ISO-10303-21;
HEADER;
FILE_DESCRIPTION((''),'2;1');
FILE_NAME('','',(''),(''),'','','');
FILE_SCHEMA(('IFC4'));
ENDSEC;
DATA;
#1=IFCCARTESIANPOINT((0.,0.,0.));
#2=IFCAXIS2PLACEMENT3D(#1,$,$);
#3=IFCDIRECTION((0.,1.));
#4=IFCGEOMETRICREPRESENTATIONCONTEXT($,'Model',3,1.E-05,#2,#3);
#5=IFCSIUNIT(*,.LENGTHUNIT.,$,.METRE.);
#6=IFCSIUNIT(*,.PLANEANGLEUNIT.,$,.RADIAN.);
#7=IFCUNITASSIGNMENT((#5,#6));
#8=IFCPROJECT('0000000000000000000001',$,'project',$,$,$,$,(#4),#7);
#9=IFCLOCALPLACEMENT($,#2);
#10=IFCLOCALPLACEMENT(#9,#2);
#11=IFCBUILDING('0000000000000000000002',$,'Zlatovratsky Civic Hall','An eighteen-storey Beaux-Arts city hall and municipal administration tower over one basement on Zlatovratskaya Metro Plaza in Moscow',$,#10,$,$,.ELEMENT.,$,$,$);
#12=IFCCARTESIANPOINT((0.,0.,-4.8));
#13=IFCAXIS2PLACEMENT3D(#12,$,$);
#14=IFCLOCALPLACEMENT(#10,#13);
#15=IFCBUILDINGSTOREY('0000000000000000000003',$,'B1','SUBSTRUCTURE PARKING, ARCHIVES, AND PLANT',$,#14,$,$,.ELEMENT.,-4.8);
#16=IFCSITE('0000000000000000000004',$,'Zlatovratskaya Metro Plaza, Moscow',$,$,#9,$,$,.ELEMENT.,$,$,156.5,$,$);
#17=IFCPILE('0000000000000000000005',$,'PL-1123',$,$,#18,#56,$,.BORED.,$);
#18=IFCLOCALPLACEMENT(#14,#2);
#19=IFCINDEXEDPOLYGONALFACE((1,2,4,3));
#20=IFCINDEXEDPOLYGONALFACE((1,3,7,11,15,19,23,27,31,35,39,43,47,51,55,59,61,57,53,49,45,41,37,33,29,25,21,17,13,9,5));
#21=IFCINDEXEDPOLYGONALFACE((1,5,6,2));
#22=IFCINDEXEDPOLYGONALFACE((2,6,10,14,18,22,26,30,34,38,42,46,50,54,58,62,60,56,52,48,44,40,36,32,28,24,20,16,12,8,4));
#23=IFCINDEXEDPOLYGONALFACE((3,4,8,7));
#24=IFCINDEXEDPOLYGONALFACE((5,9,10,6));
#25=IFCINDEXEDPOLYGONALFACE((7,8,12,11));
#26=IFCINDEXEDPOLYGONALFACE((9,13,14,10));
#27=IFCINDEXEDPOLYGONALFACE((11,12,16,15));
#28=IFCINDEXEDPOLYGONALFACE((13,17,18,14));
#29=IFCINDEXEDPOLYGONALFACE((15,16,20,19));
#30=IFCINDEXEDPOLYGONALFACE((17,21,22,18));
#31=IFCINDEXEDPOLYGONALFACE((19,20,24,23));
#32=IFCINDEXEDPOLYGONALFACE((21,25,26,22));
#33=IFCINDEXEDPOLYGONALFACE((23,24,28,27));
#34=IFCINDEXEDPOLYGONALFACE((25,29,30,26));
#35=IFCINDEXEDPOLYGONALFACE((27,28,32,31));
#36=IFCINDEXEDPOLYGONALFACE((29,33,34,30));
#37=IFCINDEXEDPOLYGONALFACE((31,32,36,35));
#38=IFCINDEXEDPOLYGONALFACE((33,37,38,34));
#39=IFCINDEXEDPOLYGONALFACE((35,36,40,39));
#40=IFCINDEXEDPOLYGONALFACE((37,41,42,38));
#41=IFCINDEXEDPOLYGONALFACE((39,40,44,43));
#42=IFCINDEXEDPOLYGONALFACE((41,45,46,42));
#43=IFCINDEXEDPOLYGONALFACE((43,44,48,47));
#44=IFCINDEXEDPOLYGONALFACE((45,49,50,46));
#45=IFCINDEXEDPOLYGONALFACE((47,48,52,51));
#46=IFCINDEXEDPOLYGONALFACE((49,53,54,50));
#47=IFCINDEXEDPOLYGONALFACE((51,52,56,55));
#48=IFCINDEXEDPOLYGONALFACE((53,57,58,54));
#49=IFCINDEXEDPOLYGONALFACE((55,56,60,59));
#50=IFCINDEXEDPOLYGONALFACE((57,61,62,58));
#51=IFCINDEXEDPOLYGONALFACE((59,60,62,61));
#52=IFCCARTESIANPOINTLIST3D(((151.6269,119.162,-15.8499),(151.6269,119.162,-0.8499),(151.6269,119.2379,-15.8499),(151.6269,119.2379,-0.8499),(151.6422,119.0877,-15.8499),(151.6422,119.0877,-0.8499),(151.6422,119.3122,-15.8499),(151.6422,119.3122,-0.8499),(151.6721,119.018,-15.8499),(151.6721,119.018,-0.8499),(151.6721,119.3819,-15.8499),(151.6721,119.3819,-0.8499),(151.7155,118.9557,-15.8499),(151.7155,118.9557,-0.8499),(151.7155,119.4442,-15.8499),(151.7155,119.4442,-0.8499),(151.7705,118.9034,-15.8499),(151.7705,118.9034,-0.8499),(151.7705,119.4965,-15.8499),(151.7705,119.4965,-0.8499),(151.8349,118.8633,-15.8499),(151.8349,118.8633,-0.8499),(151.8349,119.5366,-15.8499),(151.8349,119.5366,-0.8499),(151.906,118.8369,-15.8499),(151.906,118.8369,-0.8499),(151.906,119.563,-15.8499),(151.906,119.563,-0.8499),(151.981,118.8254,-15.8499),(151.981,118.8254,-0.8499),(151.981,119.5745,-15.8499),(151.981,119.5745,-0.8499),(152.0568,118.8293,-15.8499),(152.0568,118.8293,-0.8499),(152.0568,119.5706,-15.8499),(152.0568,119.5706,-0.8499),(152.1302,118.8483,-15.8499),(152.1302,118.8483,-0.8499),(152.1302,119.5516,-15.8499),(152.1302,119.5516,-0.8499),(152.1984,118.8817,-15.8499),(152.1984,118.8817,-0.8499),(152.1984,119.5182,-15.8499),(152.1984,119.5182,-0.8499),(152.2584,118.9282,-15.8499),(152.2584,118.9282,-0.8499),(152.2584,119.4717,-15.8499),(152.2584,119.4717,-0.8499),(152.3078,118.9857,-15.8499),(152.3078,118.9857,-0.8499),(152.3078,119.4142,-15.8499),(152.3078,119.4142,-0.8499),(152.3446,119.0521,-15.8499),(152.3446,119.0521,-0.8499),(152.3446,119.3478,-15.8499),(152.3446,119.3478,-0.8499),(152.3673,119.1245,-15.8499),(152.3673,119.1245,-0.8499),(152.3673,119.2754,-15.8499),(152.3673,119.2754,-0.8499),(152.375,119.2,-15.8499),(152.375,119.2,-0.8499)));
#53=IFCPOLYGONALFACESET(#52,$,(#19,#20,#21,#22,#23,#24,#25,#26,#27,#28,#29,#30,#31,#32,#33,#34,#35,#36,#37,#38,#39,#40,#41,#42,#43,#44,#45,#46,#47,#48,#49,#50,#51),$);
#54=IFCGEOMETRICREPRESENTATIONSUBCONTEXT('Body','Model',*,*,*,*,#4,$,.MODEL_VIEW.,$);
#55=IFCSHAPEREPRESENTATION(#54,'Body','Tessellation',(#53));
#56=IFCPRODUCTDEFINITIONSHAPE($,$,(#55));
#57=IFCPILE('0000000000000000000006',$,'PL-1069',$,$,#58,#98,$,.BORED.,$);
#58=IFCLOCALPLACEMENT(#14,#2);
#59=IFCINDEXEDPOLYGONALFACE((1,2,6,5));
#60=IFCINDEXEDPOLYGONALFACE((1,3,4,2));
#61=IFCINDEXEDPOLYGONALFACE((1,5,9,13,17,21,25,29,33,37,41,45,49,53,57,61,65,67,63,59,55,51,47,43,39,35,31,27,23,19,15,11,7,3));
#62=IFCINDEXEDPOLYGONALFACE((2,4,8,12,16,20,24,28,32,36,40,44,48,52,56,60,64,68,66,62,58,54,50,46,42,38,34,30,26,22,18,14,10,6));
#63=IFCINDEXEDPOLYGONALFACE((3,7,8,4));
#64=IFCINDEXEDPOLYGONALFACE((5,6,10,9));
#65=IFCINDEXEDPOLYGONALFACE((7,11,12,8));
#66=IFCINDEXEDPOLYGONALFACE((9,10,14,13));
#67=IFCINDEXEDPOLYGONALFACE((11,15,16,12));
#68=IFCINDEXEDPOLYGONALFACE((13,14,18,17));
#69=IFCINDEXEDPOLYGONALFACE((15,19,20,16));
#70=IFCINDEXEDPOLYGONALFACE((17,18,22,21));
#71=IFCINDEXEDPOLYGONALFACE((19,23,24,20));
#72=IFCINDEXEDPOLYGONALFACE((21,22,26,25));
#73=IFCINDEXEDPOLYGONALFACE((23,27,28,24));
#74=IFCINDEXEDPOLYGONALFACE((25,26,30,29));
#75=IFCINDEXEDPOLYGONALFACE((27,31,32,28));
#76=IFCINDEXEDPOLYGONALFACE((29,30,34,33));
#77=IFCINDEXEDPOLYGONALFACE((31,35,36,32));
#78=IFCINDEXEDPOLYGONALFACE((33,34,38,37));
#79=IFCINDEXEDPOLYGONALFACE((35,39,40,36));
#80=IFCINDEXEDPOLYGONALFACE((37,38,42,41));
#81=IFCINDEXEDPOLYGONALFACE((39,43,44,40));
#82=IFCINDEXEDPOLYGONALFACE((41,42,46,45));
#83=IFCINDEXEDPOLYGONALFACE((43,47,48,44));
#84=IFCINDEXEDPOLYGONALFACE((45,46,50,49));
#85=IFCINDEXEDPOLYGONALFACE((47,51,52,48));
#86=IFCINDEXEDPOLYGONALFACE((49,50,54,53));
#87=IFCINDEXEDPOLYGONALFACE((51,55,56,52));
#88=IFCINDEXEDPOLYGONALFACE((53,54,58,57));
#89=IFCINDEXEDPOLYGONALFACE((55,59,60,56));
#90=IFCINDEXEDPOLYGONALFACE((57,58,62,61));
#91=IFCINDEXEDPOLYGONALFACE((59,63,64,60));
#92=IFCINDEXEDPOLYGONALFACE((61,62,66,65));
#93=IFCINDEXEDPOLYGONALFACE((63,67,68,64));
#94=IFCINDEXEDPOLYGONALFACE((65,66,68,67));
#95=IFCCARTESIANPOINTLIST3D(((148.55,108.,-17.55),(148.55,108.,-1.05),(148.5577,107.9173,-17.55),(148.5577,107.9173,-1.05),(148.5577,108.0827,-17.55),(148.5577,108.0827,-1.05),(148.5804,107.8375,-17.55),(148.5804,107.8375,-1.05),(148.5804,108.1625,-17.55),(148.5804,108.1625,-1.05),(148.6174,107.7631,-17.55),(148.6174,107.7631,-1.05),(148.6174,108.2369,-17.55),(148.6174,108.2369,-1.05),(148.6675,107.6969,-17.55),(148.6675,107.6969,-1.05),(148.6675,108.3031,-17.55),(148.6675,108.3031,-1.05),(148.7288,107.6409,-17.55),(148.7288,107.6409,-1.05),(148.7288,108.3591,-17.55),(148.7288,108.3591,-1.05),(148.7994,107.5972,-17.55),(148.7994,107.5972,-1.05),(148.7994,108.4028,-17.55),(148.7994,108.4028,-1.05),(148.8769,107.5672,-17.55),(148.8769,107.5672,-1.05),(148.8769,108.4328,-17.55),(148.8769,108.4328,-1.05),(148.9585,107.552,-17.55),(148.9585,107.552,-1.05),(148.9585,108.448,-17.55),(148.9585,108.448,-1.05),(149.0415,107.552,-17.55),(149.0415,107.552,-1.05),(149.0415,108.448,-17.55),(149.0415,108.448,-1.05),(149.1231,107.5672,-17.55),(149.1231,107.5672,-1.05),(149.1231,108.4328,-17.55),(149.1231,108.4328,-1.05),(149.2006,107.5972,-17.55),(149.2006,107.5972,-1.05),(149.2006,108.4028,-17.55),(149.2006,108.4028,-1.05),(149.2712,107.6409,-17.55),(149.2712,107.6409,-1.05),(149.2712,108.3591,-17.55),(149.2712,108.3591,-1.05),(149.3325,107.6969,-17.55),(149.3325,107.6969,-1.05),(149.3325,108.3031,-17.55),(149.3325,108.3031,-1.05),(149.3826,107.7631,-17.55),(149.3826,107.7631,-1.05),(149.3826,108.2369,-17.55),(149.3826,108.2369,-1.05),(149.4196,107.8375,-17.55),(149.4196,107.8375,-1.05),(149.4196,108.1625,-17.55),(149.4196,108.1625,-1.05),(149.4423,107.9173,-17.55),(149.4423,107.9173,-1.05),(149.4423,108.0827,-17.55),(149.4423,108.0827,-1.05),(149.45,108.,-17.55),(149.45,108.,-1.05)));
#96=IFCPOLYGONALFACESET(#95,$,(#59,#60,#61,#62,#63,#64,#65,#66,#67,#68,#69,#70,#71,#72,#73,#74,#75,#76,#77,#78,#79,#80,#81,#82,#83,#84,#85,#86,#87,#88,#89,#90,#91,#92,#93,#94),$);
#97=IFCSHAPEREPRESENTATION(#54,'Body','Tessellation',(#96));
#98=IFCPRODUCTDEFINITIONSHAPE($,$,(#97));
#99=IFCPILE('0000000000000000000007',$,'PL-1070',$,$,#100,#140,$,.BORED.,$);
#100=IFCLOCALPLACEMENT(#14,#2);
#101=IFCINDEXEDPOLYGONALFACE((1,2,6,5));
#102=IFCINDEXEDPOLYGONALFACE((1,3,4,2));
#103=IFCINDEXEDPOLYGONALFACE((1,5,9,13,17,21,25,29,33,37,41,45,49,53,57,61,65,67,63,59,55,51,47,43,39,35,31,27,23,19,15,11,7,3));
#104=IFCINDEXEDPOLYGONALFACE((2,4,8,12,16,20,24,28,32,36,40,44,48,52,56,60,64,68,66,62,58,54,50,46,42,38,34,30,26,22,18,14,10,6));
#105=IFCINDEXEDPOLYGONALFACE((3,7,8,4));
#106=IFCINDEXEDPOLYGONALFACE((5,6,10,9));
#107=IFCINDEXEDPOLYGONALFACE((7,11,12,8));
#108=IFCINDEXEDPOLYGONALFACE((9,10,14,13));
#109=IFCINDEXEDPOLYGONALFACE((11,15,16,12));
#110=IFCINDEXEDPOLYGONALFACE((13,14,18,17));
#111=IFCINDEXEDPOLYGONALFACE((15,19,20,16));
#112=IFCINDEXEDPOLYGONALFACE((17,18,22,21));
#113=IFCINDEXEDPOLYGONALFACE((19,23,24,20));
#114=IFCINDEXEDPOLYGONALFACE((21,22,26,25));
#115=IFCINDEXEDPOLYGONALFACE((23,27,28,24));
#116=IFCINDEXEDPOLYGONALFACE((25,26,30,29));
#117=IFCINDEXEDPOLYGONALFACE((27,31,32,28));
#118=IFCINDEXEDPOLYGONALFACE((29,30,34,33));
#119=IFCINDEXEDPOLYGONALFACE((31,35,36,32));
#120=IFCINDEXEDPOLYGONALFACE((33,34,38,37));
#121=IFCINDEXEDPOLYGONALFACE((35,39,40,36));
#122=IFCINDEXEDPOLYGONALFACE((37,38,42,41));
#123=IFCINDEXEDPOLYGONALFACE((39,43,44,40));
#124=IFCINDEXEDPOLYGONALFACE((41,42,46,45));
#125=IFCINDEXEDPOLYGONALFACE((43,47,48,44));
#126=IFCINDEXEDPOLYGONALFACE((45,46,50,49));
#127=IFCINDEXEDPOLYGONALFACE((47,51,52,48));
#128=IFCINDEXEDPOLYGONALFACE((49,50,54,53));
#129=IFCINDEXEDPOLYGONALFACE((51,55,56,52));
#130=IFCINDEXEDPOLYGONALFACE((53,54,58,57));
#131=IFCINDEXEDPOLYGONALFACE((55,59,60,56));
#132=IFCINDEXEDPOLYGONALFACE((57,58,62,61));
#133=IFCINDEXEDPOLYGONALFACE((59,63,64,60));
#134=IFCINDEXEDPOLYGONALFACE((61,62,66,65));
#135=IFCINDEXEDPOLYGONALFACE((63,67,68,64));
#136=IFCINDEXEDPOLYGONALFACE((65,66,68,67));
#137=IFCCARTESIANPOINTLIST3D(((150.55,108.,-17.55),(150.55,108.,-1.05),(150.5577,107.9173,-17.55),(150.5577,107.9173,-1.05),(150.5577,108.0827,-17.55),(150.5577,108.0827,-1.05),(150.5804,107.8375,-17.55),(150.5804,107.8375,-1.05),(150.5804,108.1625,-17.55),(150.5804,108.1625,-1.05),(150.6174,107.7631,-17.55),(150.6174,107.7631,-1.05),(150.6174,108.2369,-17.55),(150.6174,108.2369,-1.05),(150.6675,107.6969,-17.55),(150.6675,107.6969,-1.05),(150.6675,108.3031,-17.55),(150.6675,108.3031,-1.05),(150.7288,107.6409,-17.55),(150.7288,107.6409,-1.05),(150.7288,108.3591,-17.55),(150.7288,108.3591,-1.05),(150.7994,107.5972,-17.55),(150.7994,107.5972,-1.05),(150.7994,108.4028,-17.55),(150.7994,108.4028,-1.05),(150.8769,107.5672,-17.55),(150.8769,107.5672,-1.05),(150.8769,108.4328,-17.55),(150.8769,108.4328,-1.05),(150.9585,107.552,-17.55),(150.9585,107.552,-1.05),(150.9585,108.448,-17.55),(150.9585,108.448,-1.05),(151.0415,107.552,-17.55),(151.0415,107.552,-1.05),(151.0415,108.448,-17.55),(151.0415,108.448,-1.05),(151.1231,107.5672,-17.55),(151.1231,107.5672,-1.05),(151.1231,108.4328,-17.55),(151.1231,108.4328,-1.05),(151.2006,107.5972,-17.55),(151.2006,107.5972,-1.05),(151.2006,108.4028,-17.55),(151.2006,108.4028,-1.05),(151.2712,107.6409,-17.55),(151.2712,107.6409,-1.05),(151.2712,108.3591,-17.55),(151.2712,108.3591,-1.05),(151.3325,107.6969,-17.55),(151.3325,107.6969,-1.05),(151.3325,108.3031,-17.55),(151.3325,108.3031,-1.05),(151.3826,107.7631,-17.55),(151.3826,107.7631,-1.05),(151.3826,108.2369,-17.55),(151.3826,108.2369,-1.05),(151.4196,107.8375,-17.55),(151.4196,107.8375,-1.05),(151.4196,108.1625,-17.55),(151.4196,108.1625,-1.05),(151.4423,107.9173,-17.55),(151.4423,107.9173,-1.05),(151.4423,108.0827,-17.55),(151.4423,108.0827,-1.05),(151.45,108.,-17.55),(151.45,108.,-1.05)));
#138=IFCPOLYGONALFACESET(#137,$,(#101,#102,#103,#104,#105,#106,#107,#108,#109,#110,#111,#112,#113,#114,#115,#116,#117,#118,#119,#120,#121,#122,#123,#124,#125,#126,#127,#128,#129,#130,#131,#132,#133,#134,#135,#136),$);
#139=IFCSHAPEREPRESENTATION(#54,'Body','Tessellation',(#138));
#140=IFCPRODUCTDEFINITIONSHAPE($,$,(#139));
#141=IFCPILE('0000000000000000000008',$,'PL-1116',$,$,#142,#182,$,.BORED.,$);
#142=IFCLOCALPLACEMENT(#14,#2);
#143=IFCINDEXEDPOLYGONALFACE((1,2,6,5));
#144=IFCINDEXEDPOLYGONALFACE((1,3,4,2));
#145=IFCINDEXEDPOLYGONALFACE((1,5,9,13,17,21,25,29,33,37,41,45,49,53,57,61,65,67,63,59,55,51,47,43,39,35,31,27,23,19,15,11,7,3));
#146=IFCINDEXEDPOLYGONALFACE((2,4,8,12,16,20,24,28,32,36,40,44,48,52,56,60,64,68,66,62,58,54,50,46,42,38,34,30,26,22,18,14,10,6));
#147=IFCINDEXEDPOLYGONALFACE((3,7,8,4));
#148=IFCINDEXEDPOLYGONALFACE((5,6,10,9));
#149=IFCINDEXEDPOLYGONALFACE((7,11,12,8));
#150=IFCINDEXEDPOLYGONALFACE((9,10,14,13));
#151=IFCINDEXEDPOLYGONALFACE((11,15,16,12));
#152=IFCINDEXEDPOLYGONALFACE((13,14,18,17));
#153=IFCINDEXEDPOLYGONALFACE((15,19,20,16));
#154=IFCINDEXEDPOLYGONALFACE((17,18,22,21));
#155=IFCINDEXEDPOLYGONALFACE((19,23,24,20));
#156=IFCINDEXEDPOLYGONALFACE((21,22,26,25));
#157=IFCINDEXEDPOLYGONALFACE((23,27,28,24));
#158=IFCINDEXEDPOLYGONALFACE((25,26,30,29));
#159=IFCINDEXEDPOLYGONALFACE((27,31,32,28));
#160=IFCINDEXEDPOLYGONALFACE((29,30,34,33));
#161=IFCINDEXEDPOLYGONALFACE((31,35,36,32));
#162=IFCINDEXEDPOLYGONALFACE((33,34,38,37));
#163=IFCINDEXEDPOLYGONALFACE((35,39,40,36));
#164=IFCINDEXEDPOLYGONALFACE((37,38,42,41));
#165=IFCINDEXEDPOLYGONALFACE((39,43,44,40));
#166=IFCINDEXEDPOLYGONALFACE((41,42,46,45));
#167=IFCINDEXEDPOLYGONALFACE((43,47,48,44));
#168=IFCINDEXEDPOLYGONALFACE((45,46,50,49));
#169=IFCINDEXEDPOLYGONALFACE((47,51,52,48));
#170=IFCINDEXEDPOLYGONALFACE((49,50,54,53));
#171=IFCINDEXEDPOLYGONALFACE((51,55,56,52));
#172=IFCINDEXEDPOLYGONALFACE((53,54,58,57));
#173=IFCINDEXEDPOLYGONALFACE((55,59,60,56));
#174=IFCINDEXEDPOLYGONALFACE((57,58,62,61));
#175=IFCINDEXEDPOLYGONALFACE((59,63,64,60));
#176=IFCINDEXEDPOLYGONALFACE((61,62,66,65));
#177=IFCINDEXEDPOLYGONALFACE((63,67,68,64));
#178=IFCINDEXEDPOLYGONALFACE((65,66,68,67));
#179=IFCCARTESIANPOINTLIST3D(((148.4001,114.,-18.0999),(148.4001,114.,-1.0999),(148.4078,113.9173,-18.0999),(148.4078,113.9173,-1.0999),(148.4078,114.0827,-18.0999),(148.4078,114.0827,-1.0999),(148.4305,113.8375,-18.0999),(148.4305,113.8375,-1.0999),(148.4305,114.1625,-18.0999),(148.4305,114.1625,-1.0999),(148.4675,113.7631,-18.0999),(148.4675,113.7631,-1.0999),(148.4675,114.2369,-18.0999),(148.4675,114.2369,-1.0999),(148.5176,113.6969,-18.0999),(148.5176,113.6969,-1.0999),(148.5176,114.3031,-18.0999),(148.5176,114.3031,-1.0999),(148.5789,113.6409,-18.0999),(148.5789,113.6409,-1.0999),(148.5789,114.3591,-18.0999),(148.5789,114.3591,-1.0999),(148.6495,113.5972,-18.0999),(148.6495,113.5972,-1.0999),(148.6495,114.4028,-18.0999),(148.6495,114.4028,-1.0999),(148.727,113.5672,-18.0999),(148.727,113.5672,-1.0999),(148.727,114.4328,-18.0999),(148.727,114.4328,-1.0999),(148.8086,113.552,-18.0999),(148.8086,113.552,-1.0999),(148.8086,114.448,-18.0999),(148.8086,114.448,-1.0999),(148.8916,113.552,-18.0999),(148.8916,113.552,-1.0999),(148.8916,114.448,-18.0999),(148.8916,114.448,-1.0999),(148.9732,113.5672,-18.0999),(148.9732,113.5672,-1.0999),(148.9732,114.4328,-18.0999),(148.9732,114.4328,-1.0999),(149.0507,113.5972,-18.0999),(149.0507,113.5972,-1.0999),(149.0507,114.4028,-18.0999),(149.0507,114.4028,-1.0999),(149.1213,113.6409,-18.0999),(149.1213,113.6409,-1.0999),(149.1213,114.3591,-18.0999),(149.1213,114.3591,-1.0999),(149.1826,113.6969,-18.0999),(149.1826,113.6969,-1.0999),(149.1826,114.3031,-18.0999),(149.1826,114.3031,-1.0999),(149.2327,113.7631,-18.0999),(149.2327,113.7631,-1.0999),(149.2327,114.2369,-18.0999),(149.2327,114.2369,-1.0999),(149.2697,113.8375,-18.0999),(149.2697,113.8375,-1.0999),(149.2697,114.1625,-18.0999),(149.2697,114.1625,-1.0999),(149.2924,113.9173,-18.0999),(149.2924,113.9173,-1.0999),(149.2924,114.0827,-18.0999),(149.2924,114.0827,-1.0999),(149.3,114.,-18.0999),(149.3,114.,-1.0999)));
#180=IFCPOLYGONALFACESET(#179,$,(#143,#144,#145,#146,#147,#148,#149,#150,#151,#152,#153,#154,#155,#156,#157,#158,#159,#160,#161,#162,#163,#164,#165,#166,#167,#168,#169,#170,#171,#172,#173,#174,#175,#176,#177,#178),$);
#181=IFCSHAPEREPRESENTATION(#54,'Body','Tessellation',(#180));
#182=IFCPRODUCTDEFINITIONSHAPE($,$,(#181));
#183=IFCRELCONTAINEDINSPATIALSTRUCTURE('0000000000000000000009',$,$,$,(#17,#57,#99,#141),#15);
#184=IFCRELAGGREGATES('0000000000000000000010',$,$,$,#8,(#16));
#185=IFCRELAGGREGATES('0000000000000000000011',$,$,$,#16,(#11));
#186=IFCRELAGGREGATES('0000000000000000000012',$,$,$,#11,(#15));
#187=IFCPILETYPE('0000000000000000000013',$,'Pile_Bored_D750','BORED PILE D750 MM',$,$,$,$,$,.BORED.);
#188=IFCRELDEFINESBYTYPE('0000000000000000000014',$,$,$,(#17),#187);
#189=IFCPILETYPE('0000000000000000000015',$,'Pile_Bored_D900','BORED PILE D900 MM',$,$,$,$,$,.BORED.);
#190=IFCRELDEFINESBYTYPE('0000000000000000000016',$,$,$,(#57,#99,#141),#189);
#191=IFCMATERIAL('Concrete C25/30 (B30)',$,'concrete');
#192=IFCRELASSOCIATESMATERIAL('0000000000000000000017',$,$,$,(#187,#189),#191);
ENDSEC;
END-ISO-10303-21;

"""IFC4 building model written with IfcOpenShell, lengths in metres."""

from ifc_helpers import new_model, si_unit, direction, frame, origin, origin_2d, place, context, subcontext, project, spatial, circle, extrude, material, material_profile, profile_set, type_object, element, save


model = new_model("IFC4")

# Units and contexts
model_context = context("Model", 3, precision=1e-05, world=origin(), true_north=direction((0.0, 1.0)))
body_context = subcontext(model_context, "Body", "Model", "MODEL_VIEW")
ifc_project = project(units=[si_unit("LENGTHUNIT", "METRE"), si_unit("PLANEANGLEUNIT", "RADIAN")], contexts=[model_context])

# Site, building, storey
site_placement = place(None, origin())
site = spatial("IfcSite", under=ifc_project, at=site_placement, Name="Zlatovratskaya Metro Plaza, Moscow", CompositionType="ELEMENT", RefElevation=156.5)
building_placement = place(site_placement, origin())
building = spatial("IfcBuilding", under=site, at=building_placement, Name="Zlatovratsky Civic Hall", Description="An eighteen-storey Beaux-Arts city hall and municipal administration tower over one basement on Zlatovratskaya Metro Plaza in Moscow", CompositionType="ELEMENT")
storey_placement = place(building_placement, frame((0.0, 0.0, -4.8)))
storey = spatial("IfcBuildingStorey", under=building, at=storey_placement, Name="B1", Description="SUBSTRUCTURE PARKING, ARCHIVES, AND PLANT", CompositionType="ELEMENT", Elevation=-4.8)

# Shared definitions
ifc_material_1 = material(Name="Concrete C25/30 (B30)", Category="concrete")

# Piles
ifc_material_profile_1 = material_profile(ifc_material_1, circle(Radius=0.375, at=origin_2d()), Name="PILE D750")
ifc_profile_set_1 = profile_set([ifc_material_profile_1], Name="Concrete C25/30 (B30)")
pile_type_1 = type_object("IfcPileType", Name="Pile_Bored_D750", Description="BORED PILE D750 MM", PredefinedType="BORED", material=ifc_profile_set_1)
pile_placement = place(storey_placement, frame((152.0, 119.2, -0.8499), z_axis=(0.0, 0.0, -1.0), x_axis=(1.0, 0.0, 0.0)))
element("IfcPile", 1, at=pile_placement, inside=storey, type_object=pile_type_1, Name="PL-1123", PredefinedType="BORED", context=body_context, shape_type="SweptSolid", body=[
    extrude(circle(Radius=0.375, at=origin_2d()), origin(), (0.0, 0.0, 1.0), 15.0),
])
ifc_material_profile_2 = material_profile(ifc_material_1, circle(Radius=0.45, at=origin_2d()), Name="PILE D900")
ifc_profile_set_2 = profile_set([ifc_material_profile_2], Name="Concrete C25/30 (B30)")
pile_type_2 = type_object("IfcPileType", Name="Pile_Bored_D900", Description="BORED PILE D900 MM", PredefinedType="BORED", material=ifc_profile_set_2)
for number, where, z_axis, x_axis, name in (
    (2, (149.0, 108.0, -1.05), (0.0, 0.0, -1.0), (1.0, 0.0, 0.0), "PL-1069"),
    (3, (151.0, 108.0, -1.05), (0.0, 0.0, -1.0), (1.0, 0.0, 0.0), "PL-1070"),
):
    element("IfcPile", number, at=place(storey_placement, frame(where, z_axis=z_axis, x_axis=x_axis)), inside=storey, type_object=pile_type_2, Name=name, PredefinedType="BORED", context=body_context, shape_type="SweptSolid", body=[
        extrude(circle(Radius=0.45, at=origin_2d()), origin(), (0.0, 0.0, 1.0), 16.5),
    ])
for number, where, z_axis, x_axis, name in (
    (4, (148.8501, 114.0, -1.0999), (0.0, 0.0, -1.0), (1.0, 0.0, 0.0), "PL-1116"),
):
    element("IfcPile", number, at=place(storey_placement, frame(where, z_axis=z_axis, x_axis=x_axis)), inside=storey, type_object=pile_type_2, Name=name, PredefinedType="BORED", context=body_context, shape_type="SweptSolid", body=[
        extrude(circle(Radius=0.45, at=origin_2d()), origin(), (0.0, 0.0, 1.0), 17.0),
    ])

save(model, "model.ifc")
